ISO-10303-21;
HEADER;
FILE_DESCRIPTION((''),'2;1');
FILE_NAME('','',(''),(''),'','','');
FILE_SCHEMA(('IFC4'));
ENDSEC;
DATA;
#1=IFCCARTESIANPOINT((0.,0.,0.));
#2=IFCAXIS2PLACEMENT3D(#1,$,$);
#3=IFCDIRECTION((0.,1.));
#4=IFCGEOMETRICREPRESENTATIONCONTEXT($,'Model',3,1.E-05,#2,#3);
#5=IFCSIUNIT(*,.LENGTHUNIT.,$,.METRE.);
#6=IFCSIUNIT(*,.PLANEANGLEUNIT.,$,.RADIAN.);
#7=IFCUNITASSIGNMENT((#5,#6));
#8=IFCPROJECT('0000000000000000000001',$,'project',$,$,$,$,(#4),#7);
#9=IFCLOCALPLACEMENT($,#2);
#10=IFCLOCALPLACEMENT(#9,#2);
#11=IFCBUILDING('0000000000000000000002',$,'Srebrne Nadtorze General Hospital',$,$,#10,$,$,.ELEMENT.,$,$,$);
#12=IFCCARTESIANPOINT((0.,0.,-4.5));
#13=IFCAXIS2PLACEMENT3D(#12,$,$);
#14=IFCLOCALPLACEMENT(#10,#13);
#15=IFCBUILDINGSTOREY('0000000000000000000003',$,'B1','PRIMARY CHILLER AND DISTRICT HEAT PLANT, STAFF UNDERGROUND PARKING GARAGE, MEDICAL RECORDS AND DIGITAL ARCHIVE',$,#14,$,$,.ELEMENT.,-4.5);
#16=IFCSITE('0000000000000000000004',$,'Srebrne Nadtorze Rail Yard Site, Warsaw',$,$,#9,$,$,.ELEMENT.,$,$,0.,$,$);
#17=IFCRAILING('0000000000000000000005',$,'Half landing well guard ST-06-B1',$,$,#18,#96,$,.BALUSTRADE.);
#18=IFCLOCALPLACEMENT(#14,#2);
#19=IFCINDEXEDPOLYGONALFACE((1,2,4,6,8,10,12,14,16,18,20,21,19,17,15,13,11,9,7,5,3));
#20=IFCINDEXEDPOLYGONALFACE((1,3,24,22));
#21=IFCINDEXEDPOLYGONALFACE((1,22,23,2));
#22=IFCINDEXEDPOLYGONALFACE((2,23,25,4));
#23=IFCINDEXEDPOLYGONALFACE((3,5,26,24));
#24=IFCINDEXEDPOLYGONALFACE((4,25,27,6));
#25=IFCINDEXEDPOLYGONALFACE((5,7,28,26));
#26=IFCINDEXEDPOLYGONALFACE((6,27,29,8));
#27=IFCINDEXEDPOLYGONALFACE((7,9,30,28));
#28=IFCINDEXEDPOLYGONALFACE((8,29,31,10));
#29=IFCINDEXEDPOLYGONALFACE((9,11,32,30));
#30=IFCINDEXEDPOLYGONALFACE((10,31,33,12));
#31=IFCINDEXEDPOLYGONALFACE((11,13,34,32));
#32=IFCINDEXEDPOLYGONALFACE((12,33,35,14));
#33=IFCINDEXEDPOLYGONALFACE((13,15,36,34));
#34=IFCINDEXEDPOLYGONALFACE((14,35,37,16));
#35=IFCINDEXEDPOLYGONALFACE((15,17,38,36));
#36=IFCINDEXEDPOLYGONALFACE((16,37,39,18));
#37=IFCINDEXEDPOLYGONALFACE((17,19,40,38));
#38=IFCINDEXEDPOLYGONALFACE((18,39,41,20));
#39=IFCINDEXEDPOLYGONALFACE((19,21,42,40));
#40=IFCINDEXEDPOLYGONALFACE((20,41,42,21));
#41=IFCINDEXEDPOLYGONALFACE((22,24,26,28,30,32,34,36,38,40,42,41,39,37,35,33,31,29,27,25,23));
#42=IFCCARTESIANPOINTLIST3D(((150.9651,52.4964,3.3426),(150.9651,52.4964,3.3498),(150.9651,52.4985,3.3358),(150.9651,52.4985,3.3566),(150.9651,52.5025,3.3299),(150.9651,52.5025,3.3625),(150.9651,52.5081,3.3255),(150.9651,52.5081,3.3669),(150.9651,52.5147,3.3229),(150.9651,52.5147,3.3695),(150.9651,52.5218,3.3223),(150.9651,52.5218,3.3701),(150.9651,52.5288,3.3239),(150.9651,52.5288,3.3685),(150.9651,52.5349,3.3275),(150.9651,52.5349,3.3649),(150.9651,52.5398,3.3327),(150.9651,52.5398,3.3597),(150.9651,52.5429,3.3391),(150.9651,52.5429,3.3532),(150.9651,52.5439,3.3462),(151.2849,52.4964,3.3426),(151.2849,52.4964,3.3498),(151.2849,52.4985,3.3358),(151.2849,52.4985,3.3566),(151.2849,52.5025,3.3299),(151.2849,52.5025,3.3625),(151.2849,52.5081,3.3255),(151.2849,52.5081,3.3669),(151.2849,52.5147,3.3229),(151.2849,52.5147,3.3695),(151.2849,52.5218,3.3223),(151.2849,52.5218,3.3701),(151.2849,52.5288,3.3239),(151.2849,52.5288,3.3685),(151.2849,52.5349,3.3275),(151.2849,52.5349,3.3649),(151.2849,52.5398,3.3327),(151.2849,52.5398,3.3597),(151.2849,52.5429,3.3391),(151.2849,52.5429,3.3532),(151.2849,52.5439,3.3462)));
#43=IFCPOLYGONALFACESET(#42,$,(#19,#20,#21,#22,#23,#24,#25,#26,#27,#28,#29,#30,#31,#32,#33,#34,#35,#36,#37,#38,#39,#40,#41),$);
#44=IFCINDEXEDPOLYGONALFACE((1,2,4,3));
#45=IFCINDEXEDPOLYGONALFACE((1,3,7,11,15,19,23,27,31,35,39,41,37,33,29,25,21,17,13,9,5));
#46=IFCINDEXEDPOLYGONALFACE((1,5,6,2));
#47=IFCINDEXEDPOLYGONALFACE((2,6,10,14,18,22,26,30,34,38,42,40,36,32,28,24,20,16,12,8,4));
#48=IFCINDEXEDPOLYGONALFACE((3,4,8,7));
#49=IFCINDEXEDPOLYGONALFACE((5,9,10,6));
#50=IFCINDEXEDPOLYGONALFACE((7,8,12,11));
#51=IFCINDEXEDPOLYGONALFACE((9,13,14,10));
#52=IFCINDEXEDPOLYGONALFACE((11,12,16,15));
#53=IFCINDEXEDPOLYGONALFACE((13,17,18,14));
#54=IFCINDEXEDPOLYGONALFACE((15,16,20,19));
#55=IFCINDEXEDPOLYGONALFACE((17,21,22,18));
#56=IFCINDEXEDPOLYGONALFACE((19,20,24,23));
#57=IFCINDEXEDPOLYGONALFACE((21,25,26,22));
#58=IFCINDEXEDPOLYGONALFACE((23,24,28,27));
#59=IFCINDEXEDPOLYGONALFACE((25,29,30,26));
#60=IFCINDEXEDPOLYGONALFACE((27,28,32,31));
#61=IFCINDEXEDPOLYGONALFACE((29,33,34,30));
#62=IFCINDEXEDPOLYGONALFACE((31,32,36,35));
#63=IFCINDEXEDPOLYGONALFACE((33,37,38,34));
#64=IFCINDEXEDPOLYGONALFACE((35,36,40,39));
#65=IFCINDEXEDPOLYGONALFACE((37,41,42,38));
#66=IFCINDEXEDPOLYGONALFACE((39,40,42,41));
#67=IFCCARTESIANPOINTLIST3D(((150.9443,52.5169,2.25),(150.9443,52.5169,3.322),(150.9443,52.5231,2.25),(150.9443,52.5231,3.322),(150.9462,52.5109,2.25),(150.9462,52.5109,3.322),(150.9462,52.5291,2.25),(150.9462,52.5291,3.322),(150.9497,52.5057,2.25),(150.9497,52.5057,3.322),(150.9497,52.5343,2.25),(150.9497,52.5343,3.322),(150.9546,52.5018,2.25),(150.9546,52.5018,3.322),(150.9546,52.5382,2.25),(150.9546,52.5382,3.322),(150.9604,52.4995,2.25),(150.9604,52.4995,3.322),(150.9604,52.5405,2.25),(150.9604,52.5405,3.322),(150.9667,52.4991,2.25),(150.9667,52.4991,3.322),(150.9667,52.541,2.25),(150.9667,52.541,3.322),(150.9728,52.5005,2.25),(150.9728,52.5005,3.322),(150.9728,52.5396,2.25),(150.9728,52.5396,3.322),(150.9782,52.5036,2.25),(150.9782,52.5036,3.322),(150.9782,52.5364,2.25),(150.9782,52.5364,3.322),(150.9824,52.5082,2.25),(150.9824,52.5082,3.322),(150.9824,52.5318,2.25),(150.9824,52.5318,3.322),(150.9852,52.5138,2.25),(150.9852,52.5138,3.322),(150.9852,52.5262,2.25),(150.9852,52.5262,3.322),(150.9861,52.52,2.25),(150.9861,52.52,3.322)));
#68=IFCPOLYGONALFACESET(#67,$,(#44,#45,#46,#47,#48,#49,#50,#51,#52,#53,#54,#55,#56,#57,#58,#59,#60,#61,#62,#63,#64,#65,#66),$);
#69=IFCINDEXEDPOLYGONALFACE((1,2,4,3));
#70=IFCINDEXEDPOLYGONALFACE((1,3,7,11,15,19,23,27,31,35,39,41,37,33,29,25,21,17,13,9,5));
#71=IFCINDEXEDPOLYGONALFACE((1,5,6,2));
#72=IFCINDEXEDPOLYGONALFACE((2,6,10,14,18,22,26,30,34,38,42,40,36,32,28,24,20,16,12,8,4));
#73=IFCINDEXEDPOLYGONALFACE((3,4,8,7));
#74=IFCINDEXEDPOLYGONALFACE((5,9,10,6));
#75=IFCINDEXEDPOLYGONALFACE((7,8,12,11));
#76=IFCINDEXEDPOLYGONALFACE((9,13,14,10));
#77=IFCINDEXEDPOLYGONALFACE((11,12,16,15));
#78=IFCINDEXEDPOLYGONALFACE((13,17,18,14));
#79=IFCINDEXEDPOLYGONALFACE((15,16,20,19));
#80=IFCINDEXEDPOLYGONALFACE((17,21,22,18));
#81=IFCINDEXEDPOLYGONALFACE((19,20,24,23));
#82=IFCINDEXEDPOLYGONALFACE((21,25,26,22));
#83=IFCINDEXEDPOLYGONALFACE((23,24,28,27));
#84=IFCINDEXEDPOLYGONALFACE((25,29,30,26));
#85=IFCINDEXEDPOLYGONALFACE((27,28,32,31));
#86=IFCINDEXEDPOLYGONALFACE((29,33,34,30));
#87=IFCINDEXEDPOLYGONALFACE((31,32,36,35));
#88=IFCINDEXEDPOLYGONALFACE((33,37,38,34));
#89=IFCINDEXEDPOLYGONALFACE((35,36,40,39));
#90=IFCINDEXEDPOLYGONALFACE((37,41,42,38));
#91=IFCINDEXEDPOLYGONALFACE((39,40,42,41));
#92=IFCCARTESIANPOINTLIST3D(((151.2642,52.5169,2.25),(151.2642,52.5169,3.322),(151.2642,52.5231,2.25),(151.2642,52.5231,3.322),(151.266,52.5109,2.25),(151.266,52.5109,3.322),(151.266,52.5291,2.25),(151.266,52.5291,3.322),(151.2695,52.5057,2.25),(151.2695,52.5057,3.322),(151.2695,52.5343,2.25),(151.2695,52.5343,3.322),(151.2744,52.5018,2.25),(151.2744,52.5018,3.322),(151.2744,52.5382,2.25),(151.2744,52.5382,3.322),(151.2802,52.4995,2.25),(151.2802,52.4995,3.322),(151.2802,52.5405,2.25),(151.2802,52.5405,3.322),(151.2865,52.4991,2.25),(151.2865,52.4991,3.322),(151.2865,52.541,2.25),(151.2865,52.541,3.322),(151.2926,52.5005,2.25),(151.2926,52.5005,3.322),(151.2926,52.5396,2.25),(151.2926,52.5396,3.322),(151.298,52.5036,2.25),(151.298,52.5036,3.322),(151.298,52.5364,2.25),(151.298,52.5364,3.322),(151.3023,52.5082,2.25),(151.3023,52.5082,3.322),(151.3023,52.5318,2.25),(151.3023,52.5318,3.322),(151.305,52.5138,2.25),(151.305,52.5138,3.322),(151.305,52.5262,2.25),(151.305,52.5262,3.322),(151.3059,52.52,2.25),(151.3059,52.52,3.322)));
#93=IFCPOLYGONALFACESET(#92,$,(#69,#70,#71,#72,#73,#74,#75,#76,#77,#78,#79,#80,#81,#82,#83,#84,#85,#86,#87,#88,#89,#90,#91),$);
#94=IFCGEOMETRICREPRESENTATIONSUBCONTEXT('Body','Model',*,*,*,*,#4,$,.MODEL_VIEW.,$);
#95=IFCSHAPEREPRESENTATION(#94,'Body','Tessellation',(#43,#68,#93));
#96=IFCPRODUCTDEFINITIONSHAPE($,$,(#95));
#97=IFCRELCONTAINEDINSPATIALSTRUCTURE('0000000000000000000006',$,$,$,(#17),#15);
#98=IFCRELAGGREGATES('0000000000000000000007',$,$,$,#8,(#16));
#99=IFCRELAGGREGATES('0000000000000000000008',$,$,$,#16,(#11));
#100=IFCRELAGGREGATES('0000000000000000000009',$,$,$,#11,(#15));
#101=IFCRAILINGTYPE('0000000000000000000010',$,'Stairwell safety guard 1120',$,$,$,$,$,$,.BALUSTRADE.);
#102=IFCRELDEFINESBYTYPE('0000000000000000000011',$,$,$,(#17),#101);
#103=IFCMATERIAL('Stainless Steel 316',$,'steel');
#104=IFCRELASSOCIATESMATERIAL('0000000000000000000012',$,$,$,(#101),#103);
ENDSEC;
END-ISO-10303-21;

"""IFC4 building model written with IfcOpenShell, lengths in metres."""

from ifc_helpers import new_model, si_unit, direction, frame, origin, origin_2d, place, context, subcontext, project, spatial, circle, extrude, material, type_object, element, save


model = new_model("IFC4")

# Units and contexts
model_context = context("Model", 3, precision=1e-05, world=origin(), true_north=direction((0.0, 1.0)))
body_context = subcontext(model_context, "Body", "Model", "MODEL_VIEW")
ifc_project = project(units=[si_unit("LENGTHUNIT", "METRE"), si_unit("PLANEANGLEUNIT", "RADIAN")], contexts=[model_context])

# Site, building, storey
site_placement = place(None, origin())
site = spatial("IfcSite", under=ifc_project, at=site_placement, Name="Srebrne Nadtorze Rail Yard Site, Warsaw", CompositionType="ELEMENT", RefElevation=0.0)
building_placement = place(site_placement, origin())
building = spatial("IfcBuilding", under=site, at=building_placement, Name="Srebrne Nadtorze General Hospital", CompositionType="ELEMENT")
storey_placement = place(building_placement, frame((0.0, 0.0, -4.5)))
storey = spatial("IfcBuildingStorey", under=building, at=storey_placement, Name="B1", Description="PRIMARY CHILLER AND DISTRICT HEAT PLANT, STAFF UNDERGROUND PARKING GARAGE, MEDICAL RECORDS AND DIGITAL ARCHIVE", CompositionType="ELEMENT", Elevation=-4.5)

# Railing
ifc_material_1 = material(Name="Stainless Steel 316", Category="steel")
railing_type_1 = type_object("IfcRailingType", Name="Stairwell safety guard 1120", PredefinedType="BALUSTRADE", material=ifc_material_1)
railing_1_placement = place(storey_placement, frame((150.9651, 52.52, 2.25)))
element("IfcRailing", 1, at=railing_1_placement, inside=storey, type_object=railing_type_1, Name="Half landing well guard ST-06-B1", PredefinedType="BALUSTRADE", context=body_context, shape_type="SweptSolid", body=[
    extrude(circle(Radius=0.0239, at=origin_2d()), frame((0.0, 0.0, 1.0962), z_axis=(1.0, 0.0, 0.0), x_axis=(0.0, 1.0, 0.0)), (0.0, 0.0, 1.0), 0.3198),
    extrude(circle(Radius=0.021, at=origin_2d()), origin(), (0.0, 0.0, 1.0), 1.072),
    extrude(circle(Radius=0.021, at=origin_2d()), frame((0.3198, 0.0, 0.0)), (0.0, 0.0, 1.0), 1.072),
])

save(model, "model.ifc")
